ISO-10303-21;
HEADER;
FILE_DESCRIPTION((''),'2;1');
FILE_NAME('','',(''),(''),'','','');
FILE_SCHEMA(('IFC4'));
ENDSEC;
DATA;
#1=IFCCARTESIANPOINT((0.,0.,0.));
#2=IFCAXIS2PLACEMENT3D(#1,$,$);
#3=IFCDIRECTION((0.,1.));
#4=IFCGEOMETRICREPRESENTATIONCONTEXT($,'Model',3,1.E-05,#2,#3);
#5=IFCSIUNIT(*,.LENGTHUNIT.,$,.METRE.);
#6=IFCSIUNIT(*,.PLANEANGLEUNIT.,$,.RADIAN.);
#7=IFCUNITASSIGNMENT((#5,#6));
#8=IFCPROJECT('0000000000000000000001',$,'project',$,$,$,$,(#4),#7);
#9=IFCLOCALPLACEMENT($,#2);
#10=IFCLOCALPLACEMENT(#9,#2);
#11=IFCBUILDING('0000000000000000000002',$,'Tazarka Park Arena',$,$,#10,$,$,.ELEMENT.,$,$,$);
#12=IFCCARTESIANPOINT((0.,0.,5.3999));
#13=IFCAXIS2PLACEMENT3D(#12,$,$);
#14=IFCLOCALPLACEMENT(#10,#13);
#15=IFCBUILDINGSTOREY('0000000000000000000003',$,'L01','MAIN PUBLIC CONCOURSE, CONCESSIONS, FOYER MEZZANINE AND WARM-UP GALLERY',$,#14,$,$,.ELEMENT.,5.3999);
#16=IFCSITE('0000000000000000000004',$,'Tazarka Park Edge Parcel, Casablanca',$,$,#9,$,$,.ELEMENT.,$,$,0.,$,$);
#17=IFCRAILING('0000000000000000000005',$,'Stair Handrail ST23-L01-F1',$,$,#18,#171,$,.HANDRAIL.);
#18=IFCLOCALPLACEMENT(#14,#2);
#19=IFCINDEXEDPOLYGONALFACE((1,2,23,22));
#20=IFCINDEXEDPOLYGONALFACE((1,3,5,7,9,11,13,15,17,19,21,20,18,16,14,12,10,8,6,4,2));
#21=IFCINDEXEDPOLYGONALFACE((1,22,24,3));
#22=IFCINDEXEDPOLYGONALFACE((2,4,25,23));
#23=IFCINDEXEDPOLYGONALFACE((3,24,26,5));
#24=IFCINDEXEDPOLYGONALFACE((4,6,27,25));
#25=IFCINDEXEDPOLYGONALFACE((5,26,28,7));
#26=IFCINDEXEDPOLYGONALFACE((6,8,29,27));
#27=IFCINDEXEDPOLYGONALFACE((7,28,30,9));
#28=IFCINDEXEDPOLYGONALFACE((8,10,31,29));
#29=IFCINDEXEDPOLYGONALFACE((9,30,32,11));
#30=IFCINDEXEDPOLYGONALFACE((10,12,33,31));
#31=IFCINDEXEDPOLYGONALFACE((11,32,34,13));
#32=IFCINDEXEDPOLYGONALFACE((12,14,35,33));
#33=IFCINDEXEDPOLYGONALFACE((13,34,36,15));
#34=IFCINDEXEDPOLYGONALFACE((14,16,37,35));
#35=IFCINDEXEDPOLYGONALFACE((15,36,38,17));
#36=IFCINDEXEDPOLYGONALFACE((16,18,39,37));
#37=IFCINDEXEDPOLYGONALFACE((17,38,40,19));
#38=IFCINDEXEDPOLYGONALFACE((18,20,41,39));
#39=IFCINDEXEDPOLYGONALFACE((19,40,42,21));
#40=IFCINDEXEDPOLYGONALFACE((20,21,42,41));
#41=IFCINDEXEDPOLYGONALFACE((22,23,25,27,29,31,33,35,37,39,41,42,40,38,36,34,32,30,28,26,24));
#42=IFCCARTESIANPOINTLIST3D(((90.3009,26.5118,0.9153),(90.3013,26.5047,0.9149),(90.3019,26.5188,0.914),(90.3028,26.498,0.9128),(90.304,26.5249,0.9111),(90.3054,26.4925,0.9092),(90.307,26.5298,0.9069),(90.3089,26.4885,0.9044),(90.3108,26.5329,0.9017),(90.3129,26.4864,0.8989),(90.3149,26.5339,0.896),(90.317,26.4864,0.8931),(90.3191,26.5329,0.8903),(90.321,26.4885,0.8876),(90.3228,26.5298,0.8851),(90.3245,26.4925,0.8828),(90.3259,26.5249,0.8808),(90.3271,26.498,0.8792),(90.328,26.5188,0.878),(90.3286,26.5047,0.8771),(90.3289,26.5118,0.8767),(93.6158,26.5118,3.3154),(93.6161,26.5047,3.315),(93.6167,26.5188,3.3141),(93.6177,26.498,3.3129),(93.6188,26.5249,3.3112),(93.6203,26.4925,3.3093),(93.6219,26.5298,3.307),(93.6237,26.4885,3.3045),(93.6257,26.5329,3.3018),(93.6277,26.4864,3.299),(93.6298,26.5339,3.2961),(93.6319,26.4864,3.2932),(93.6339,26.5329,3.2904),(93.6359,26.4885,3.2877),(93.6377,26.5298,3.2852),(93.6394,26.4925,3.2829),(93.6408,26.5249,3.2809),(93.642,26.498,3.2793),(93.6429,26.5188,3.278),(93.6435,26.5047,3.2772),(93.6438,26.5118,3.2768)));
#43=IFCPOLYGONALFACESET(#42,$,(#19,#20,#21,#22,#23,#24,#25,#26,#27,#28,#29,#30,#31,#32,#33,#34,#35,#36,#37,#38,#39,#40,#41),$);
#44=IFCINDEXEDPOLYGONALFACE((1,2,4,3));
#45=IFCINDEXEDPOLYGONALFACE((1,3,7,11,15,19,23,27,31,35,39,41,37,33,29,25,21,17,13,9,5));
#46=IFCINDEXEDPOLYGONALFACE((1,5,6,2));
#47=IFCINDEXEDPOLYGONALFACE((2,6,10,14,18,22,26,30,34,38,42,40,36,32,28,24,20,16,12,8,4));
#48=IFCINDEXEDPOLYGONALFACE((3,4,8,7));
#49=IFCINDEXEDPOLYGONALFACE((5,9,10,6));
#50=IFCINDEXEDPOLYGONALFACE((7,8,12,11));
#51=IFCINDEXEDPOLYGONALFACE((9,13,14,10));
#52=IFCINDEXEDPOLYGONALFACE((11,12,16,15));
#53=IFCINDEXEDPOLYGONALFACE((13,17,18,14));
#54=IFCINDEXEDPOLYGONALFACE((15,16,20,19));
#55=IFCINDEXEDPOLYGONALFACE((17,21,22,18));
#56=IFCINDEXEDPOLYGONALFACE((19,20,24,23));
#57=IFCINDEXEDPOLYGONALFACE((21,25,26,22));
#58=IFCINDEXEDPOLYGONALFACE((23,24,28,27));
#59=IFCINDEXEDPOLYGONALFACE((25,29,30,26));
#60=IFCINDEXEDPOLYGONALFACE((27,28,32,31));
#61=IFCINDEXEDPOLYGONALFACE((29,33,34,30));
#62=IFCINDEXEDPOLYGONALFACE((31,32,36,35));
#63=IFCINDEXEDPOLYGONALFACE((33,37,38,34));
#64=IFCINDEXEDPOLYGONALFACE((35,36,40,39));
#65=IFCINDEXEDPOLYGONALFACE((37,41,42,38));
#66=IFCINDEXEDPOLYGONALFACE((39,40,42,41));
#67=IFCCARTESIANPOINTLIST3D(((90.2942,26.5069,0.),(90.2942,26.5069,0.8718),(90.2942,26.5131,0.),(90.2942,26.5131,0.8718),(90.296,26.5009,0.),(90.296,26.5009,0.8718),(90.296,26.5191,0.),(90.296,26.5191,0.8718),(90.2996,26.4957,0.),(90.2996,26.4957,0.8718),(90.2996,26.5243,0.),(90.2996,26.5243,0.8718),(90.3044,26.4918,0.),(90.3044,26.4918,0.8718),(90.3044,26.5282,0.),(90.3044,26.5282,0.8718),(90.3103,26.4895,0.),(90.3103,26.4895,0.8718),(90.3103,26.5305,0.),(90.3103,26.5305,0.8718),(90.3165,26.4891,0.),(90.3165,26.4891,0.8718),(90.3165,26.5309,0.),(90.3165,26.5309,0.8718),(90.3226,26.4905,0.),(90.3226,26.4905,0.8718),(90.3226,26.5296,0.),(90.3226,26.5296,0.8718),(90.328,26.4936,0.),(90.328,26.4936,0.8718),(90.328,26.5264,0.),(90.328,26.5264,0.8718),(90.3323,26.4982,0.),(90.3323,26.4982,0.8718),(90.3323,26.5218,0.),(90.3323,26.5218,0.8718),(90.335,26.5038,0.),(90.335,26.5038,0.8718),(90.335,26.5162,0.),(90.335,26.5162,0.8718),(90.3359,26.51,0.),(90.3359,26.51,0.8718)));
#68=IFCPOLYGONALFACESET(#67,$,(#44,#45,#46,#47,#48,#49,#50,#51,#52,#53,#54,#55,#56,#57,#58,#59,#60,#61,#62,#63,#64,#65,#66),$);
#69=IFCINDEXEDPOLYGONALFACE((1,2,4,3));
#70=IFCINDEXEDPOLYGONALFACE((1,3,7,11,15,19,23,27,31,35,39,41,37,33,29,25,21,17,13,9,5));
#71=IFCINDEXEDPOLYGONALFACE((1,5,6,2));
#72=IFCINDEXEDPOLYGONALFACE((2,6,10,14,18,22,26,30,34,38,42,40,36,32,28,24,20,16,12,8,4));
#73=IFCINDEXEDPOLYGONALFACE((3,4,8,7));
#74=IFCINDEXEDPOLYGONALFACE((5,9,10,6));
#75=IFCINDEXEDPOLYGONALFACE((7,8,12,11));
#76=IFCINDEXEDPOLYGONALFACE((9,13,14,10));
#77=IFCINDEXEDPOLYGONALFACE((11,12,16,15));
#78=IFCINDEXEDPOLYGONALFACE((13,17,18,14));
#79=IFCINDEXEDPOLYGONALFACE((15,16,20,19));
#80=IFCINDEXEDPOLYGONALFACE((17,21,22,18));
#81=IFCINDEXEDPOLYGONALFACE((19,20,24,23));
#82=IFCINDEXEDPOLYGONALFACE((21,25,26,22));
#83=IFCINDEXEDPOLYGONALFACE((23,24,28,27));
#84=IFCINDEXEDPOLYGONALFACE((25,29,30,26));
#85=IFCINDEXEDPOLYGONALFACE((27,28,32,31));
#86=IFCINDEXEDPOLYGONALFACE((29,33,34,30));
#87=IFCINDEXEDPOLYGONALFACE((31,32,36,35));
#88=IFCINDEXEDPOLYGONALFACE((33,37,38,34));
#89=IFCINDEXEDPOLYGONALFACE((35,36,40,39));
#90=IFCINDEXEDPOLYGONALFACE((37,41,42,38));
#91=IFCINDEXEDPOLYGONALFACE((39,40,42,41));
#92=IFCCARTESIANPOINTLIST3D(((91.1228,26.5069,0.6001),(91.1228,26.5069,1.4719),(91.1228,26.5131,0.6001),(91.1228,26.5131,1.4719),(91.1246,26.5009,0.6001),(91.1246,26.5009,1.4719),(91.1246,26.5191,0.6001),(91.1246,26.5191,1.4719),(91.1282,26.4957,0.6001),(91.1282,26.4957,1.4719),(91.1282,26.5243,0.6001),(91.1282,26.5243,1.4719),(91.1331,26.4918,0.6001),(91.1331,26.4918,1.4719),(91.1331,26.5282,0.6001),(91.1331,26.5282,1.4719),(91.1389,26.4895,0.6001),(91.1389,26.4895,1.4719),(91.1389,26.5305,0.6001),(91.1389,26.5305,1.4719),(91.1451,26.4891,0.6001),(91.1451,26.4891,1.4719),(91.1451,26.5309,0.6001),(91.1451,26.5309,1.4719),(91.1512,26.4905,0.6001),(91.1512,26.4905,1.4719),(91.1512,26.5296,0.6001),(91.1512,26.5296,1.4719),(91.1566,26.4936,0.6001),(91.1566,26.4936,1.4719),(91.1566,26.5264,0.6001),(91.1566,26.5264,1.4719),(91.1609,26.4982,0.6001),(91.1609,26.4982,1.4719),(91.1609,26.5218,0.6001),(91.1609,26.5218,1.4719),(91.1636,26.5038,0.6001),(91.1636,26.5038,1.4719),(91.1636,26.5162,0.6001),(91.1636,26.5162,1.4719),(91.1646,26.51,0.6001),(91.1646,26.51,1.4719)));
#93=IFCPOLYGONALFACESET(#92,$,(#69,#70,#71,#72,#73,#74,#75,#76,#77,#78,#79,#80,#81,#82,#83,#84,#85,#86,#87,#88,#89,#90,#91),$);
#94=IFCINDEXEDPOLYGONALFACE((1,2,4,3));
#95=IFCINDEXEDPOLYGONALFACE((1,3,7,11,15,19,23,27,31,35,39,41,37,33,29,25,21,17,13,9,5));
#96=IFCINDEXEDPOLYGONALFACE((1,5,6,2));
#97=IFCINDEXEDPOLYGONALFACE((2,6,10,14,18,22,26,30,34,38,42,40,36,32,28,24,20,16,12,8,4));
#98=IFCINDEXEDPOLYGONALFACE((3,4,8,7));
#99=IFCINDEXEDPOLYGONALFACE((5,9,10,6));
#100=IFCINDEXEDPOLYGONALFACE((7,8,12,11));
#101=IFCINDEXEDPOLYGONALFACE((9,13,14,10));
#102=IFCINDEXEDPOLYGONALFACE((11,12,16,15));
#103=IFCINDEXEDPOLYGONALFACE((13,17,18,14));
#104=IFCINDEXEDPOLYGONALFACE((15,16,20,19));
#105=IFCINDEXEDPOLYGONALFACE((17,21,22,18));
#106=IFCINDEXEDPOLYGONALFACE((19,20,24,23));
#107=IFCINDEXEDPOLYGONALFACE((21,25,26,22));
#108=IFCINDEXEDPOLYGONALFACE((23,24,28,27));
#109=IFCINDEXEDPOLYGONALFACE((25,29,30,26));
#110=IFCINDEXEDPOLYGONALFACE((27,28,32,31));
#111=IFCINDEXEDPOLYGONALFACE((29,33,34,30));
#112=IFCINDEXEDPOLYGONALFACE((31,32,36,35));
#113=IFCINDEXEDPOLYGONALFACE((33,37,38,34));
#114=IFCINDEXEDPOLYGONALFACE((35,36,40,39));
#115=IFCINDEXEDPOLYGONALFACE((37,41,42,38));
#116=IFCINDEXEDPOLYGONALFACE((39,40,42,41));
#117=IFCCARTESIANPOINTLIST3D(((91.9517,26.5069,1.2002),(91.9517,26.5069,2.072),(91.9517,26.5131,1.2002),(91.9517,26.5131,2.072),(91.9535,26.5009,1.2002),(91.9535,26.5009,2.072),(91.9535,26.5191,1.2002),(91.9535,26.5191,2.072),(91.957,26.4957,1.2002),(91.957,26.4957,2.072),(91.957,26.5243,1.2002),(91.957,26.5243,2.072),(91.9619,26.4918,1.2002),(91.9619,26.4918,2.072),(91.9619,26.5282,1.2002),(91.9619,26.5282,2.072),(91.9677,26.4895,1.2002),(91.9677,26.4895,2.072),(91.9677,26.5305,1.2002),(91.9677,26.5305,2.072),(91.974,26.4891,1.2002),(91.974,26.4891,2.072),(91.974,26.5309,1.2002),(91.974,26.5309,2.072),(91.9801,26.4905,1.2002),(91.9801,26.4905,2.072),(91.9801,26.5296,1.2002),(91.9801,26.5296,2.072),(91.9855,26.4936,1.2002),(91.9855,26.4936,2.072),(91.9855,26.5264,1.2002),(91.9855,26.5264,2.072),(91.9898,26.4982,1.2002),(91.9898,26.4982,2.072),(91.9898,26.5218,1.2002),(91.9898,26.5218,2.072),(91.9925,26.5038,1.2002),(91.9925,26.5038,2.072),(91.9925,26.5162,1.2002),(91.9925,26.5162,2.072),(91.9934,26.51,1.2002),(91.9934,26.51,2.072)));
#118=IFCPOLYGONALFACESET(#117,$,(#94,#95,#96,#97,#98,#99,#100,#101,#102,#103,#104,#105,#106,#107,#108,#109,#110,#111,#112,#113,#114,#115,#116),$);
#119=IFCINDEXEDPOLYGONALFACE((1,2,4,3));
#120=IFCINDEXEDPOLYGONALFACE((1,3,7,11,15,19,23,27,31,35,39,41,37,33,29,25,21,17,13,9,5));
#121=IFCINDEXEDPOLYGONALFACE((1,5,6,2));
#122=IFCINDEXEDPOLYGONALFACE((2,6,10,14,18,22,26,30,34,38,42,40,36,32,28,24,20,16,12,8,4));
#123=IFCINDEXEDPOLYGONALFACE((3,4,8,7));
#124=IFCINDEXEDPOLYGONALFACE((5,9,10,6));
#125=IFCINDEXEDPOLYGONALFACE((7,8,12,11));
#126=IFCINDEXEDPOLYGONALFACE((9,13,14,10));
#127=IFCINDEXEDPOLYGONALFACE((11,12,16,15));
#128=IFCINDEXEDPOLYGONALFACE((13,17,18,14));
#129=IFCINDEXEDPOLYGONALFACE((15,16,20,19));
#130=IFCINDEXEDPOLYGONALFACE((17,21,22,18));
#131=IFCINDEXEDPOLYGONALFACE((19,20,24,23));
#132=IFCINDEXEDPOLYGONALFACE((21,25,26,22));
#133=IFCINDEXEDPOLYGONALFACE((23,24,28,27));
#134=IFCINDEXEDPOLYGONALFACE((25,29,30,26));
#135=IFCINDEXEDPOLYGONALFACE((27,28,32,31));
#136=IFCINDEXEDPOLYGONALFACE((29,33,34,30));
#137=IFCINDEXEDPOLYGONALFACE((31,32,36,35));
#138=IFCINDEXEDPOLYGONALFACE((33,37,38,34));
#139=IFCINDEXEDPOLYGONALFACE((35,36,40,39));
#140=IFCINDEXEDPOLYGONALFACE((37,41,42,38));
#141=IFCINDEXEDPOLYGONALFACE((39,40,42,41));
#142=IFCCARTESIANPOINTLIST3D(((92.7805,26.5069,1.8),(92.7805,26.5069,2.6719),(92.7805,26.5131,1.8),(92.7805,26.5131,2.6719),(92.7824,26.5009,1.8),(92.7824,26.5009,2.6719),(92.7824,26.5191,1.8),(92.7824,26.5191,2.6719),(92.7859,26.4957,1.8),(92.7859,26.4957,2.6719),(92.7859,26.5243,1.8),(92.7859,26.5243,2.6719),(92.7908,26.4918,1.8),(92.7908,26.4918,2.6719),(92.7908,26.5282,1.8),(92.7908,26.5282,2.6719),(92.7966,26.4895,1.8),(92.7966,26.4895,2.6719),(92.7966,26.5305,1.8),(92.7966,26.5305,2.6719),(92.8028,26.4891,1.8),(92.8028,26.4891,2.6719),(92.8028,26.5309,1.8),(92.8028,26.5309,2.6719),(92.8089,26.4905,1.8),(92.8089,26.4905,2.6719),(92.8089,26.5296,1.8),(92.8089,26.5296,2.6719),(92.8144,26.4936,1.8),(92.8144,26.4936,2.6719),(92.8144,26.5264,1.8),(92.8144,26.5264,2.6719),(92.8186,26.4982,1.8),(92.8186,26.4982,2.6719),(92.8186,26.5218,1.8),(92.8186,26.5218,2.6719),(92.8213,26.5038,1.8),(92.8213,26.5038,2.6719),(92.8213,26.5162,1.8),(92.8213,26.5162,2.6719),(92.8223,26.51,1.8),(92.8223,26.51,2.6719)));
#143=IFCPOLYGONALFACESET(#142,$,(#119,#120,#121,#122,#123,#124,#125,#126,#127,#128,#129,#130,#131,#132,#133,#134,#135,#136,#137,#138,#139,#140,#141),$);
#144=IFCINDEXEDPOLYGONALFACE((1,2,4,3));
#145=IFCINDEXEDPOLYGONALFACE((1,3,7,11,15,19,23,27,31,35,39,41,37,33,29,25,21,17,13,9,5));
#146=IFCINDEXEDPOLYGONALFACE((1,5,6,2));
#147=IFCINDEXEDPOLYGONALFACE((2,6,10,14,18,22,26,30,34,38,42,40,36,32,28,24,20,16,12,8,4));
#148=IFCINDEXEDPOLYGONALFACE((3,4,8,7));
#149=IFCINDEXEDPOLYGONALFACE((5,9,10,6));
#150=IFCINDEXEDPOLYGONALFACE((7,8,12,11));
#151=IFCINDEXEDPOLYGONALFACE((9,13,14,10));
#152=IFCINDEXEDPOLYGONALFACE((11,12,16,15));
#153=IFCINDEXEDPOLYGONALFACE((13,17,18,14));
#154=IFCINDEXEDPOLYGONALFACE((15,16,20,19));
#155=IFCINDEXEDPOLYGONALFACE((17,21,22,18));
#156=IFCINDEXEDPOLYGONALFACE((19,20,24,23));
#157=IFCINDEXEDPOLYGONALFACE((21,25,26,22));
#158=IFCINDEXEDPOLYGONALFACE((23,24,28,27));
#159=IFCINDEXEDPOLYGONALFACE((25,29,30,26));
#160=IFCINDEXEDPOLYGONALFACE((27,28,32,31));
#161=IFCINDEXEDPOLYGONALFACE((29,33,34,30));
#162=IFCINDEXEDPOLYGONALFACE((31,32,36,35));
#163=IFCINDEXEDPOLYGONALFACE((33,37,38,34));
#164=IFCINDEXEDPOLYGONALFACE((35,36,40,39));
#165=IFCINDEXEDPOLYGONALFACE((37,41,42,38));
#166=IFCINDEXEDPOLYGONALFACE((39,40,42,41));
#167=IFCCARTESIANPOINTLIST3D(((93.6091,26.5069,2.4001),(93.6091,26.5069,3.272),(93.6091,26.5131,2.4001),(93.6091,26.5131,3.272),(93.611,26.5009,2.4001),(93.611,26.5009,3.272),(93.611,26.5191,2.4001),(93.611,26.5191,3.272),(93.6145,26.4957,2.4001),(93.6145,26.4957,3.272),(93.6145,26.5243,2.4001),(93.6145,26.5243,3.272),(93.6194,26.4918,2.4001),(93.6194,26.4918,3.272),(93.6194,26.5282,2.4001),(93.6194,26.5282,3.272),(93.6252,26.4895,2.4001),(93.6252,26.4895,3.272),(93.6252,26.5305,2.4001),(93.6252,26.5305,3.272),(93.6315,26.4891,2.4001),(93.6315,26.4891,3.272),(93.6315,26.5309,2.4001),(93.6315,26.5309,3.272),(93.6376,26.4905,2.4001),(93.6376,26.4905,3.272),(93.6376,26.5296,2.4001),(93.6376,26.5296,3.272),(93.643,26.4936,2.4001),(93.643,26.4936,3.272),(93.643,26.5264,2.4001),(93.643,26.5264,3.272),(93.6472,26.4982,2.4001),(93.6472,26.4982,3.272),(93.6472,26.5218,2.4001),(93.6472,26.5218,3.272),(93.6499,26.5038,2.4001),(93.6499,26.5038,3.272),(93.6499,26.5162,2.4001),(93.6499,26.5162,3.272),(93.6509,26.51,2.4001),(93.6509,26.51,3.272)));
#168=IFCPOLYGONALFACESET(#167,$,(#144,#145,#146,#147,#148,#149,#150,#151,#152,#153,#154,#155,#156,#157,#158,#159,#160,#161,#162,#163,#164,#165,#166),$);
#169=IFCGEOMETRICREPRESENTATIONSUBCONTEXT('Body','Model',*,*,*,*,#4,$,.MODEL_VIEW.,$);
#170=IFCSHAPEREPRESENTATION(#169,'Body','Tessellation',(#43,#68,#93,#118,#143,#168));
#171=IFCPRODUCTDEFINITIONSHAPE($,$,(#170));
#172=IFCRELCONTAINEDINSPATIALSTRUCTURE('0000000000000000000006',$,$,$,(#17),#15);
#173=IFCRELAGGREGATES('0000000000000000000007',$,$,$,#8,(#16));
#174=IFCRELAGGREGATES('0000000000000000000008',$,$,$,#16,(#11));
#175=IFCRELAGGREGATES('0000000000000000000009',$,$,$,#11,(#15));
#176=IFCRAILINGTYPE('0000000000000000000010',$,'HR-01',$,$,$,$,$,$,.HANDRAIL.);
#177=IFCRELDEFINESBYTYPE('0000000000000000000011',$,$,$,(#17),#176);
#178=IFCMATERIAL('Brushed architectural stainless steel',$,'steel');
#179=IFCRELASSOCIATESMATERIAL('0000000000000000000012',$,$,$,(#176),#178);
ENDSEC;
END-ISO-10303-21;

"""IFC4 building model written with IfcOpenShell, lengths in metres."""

from ifc_helpers import new_model, si_unit, direction, frame, origin, origin_2d, place, context, subcontext, project, spatial, circle, extrude, material, type_object, element, save


model = new_model("IFC4")

# Units and contexts
model_context = context("Model", 3, precision=1e-05, world=origin(), true_north=direction((0.0, 1.0)))
body_context = subcontext(model_context, "Body", "Model", "MODEL_VIEW")
ifc_project = project(units=[si_unit("LENGTHUNIT", "METRE"), si_unit("PLANEANGLEUNIT", "RADIAN")], contexts=[model_context])

# Site, building, storey
site_placement = place(None, origin())
site = spatial("IfcSite", under=ifc_project, at=site_placement, Name="Tazarka Park Edge Parcel, Casablanca", CompositionType="ELEMENT", RefElevation=0.0)
building_placement = place(site_placement, origin())
building = spatial("IfcBuilding", under=site, at=building_placement, Name="Tazarka Park Arena", CompositionType="ELEMENT")
storey_placement = place(building_placement, frame((0.0, 0.0, 5.3999)))
storey = spatial("IfcBuildingStorey", under=building, at=storey_placement, Name="L01", Description="MAIN PUBLIC CONCOURSE, CONCESSIONS, FOYER MEZZANINE AND WARM-UP GALLERY", CompositionType="ELEMENT", Elevation=5.3999)

# Railing
ifc_material_1 = material(Name="Brushed architectural stainless steel", Category="steel")
railing_type_1 = type_object("IfcRailingType", Name="HR-01", PredefinedType="HANDRAIL", material=ifc_material_1)
railing_1_placement = place(storey_placement, frame((90.3149, 26.51, 0.0)))
element("IfcRailing", 1, at=railing_1_placement, inside=storey, type_object=railing_type_1, Name="Stair Handrail ST23-L01-F1", PredefinedType="HANDRAIL", context=body_context, shape_type="SweptSolid", body=[
    extrude(circle(Radius=0.0239, at=origin_2d()), frame((0.0, 0.0, 0.896), z_axis=(0.80998, 0.0, 0.586457), x_axis=(0.0, 1.0, 0.0)), (0.0, 0.0, 1.0), 4.0925),
    extrude(circle(Radius=0.021, at=origin_2d()), origin(), (0.0, 0.0, 1.0), 0.8718),
    extrude(circle(Radius=0.021, at=origin_2d()), frame((0.8286, 0.0, 0.6001)), (0.0, 0.0, 1.0), 0.8718),
    extrude(circle(Radius=0.021, at=origin_2d()), frame((1.6575, 0.0, 1.2002)), (0.0, 0.0, 1.0), 0.8718),
    extrude(circle(Radius=0.021, at=origin_2d()), frame((2.4863, 0.0, 1.8)), (0.0, 0.0, 1.0), 0.8718),
    extrude(circle(Radius=0.021, at=origin_2d()), frame((3.3149, 0.0, 2.4001)), (0.0, 0.0, 1.0), 0.8718),
])

save(model, "model.ifc")
